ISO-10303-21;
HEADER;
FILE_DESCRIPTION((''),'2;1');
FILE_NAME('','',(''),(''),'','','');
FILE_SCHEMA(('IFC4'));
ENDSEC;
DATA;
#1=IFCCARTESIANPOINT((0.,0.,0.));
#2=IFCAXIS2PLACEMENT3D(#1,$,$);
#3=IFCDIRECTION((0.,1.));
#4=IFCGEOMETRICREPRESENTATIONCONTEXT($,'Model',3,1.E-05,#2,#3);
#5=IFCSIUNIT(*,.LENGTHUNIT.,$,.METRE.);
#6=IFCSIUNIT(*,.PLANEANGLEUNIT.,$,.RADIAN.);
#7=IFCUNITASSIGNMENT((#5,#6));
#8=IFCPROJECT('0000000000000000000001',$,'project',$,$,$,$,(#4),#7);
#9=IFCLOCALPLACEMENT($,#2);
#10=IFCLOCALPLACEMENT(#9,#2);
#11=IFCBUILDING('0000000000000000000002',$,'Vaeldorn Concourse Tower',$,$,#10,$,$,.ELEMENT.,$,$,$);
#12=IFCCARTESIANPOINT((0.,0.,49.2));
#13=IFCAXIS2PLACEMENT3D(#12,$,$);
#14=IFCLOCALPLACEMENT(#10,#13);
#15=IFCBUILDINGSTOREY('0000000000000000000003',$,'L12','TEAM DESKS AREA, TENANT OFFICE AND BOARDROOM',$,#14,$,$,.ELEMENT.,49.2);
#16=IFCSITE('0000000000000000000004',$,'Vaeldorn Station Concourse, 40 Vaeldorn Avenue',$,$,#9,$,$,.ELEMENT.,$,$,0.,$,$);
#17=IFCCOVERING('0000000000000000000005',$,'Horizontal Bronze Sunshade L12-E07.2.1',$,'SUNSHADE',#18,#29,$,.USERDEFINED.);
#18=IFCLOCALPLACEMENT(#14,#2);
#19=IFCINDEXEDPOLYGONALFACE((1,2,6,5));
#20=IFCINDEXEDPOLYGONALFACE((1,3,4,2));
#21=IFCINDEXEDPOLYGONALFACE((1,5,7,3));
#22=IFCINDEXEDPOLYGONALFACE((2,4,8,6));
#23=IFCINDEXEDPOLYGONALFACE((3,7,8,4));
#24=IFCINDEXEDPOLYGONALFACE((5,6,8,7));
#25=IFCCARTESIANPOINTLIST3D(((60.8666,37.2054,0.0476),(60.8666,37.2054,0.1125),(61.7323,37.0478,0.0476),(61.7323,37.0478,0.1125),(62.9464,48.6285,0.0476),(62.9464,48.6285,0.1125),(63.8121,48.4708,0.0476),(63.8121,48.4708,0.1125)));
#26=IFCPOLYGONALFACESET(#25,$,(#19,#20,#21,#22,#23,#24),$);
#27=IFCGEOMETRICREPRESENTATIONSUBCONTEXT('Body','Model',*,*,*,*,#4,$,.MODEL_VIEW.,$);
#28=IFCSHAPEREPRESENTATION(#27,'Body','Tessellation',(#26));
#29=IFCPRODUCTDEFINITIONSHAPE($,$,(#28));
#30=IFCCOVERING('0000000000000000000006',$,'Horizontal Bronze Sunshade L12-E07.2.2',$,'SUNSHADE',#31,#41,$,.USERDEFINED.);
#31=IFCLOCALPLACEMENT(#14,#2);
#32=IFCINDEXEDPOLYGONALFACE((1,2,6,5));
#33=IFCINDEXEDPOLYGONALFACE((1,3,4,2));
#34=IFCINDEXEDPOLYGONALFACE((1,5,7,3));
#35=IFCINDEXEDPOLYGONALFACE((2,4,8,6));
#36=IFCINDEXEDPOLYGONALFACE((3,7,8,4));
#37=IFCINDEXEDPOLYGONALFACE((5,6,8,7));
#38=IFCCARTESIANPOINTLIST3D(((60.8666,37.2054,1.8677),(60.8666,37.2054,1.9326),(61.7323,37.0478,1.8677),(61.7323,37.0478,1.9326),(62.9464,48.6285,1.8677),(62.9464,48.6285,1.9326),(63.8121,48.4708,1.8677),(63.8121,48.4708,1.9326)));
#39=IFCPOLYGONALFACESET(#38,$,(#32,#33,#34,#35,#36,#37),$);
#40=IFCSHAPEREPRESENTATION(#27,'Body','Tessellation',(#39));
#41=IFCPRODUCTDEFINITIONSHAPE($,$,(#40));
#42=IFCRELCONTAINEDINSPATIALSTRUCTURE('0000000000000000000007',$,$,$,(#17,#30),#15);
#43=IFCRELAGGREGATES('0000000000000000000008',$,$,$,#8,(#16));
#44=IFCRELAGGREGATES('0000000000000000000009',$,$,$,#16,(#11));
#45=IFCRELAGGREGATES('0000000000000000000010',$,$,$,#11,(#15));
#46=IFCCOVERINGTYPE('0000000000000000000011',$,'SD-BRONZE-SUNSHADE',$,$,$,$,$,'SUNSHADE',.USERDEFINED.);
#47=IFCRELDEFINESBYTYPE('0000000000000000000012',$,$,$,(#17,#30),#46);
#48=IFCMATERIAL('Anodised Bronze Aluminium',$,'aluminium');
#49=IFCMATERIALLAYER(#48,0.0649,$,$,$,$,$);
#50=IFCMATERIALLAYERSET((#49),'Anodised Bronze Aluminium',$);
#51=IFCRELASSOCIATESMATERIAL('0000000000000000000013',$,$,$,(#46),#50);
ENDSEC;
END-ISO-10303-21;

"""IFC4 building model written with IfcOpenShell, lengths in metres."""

from ifc_helpers import new_model, si_unit, direction, frame, origin, origin_2d, place, context, subcontext, project, spatial, rectangle, extrude, source, transform, mapped, material, layer, layer_set, type_object, element, save


model = new_model("IFC4")

# Units and contexts
model_context = context("Model", 3, precision=1e-05, world=origin(), true_north=direction((0.0, 1.0)))
body_context = subcontext(model_context, "Body", "Model", "MODEL_VIEW")
ifc_project = project(units=[si_unit("LENGTHUNIT", "METRE"), si_unit("PLANEANGLEUNIT", "RADIAN")], contexts=[model_context])

# Site, building, storey
site_placement = place(None, origin())
site = spatial("IfcSite", under=ifc_project, at=site_placement, Name="Vaeldorn Station Concourse, 40 Vaeldorn Avenue", CompositionType="ELEMENT", RefElevation=0.0)
building_placement = place(site_placement, origin())
building = spatial("IfcBuilding", under=site, at=building_placement, Name="Vaeldorn Concourse Tower", CompositionType="ELEMENT")
storey_placement = place(building_placement, frame((0.0, 0.0, 49.2)))
storey = spatial("IfcBuildingStorey", under=building, at=storey_placement, Name="L12", Description="TEAM DESKS AREA, TENANT OFFICE AND BOARDROOM", CompositionType="ELEMENT", Elevation=49.2)

# Shared definitions
ifc_material_1 = material(Name="Anodised Bronze Aluminium", Category="aluminium")

# Coverings
ifc_layer_1 = layer(ifc_material_1, 0.0649)
ifc_layer_set_1 = layer_set([ifc_layer_1], Name="Anodised Bronze Aluminium")
covering_type = type_object("IfcCoveringType", Name="SD-BRONZE-SUNSHADE", ElementType="SUNSHADE", PredefinedType="USERDEFINED", material=ifc_layer_set_1)
shared_shape_1 = source(origin(), body_context, "Body", "SweptSolid", [
    extrude(rectangle(XDim=11.6108, YDim=0.8799, at=origin_2d()), origin(), (0.0, 0.0, 1.0), 0.0649),
])
for number, where, z_axis, x_axis, name in (
    (1, (62.3394, 42.8381, 0.0476), (0.0, 0.0, 1.0), (0.179128, 0.983826, 0.0), "Horizontal Bronze Sunshade L12-E07.2.1"),
    (2, (62.3394, 42.8381, 1.8677), (0.0, 0.0, 1.0), (0.179128, 0.983826, 0.0), "Horizontal Bronze Sunshade L12-E07.2.2"),
):
    element("IfcCovering", number, at=place(storey_placement, frame(where, z_axis=z_axis, x_axis=x_axis)), inside=storey, type_object=covering_type, Name=name, ObjectType="SUNSHADE", PredefinedType="USERDEFINED", context=body_context, shape_type="MappedRepresentation", body=[
        mapped(shared_shape_1, transform((0.0, 0.0, 0.0), scale=1.0)),
    ])

save(model, "model.ifc")
